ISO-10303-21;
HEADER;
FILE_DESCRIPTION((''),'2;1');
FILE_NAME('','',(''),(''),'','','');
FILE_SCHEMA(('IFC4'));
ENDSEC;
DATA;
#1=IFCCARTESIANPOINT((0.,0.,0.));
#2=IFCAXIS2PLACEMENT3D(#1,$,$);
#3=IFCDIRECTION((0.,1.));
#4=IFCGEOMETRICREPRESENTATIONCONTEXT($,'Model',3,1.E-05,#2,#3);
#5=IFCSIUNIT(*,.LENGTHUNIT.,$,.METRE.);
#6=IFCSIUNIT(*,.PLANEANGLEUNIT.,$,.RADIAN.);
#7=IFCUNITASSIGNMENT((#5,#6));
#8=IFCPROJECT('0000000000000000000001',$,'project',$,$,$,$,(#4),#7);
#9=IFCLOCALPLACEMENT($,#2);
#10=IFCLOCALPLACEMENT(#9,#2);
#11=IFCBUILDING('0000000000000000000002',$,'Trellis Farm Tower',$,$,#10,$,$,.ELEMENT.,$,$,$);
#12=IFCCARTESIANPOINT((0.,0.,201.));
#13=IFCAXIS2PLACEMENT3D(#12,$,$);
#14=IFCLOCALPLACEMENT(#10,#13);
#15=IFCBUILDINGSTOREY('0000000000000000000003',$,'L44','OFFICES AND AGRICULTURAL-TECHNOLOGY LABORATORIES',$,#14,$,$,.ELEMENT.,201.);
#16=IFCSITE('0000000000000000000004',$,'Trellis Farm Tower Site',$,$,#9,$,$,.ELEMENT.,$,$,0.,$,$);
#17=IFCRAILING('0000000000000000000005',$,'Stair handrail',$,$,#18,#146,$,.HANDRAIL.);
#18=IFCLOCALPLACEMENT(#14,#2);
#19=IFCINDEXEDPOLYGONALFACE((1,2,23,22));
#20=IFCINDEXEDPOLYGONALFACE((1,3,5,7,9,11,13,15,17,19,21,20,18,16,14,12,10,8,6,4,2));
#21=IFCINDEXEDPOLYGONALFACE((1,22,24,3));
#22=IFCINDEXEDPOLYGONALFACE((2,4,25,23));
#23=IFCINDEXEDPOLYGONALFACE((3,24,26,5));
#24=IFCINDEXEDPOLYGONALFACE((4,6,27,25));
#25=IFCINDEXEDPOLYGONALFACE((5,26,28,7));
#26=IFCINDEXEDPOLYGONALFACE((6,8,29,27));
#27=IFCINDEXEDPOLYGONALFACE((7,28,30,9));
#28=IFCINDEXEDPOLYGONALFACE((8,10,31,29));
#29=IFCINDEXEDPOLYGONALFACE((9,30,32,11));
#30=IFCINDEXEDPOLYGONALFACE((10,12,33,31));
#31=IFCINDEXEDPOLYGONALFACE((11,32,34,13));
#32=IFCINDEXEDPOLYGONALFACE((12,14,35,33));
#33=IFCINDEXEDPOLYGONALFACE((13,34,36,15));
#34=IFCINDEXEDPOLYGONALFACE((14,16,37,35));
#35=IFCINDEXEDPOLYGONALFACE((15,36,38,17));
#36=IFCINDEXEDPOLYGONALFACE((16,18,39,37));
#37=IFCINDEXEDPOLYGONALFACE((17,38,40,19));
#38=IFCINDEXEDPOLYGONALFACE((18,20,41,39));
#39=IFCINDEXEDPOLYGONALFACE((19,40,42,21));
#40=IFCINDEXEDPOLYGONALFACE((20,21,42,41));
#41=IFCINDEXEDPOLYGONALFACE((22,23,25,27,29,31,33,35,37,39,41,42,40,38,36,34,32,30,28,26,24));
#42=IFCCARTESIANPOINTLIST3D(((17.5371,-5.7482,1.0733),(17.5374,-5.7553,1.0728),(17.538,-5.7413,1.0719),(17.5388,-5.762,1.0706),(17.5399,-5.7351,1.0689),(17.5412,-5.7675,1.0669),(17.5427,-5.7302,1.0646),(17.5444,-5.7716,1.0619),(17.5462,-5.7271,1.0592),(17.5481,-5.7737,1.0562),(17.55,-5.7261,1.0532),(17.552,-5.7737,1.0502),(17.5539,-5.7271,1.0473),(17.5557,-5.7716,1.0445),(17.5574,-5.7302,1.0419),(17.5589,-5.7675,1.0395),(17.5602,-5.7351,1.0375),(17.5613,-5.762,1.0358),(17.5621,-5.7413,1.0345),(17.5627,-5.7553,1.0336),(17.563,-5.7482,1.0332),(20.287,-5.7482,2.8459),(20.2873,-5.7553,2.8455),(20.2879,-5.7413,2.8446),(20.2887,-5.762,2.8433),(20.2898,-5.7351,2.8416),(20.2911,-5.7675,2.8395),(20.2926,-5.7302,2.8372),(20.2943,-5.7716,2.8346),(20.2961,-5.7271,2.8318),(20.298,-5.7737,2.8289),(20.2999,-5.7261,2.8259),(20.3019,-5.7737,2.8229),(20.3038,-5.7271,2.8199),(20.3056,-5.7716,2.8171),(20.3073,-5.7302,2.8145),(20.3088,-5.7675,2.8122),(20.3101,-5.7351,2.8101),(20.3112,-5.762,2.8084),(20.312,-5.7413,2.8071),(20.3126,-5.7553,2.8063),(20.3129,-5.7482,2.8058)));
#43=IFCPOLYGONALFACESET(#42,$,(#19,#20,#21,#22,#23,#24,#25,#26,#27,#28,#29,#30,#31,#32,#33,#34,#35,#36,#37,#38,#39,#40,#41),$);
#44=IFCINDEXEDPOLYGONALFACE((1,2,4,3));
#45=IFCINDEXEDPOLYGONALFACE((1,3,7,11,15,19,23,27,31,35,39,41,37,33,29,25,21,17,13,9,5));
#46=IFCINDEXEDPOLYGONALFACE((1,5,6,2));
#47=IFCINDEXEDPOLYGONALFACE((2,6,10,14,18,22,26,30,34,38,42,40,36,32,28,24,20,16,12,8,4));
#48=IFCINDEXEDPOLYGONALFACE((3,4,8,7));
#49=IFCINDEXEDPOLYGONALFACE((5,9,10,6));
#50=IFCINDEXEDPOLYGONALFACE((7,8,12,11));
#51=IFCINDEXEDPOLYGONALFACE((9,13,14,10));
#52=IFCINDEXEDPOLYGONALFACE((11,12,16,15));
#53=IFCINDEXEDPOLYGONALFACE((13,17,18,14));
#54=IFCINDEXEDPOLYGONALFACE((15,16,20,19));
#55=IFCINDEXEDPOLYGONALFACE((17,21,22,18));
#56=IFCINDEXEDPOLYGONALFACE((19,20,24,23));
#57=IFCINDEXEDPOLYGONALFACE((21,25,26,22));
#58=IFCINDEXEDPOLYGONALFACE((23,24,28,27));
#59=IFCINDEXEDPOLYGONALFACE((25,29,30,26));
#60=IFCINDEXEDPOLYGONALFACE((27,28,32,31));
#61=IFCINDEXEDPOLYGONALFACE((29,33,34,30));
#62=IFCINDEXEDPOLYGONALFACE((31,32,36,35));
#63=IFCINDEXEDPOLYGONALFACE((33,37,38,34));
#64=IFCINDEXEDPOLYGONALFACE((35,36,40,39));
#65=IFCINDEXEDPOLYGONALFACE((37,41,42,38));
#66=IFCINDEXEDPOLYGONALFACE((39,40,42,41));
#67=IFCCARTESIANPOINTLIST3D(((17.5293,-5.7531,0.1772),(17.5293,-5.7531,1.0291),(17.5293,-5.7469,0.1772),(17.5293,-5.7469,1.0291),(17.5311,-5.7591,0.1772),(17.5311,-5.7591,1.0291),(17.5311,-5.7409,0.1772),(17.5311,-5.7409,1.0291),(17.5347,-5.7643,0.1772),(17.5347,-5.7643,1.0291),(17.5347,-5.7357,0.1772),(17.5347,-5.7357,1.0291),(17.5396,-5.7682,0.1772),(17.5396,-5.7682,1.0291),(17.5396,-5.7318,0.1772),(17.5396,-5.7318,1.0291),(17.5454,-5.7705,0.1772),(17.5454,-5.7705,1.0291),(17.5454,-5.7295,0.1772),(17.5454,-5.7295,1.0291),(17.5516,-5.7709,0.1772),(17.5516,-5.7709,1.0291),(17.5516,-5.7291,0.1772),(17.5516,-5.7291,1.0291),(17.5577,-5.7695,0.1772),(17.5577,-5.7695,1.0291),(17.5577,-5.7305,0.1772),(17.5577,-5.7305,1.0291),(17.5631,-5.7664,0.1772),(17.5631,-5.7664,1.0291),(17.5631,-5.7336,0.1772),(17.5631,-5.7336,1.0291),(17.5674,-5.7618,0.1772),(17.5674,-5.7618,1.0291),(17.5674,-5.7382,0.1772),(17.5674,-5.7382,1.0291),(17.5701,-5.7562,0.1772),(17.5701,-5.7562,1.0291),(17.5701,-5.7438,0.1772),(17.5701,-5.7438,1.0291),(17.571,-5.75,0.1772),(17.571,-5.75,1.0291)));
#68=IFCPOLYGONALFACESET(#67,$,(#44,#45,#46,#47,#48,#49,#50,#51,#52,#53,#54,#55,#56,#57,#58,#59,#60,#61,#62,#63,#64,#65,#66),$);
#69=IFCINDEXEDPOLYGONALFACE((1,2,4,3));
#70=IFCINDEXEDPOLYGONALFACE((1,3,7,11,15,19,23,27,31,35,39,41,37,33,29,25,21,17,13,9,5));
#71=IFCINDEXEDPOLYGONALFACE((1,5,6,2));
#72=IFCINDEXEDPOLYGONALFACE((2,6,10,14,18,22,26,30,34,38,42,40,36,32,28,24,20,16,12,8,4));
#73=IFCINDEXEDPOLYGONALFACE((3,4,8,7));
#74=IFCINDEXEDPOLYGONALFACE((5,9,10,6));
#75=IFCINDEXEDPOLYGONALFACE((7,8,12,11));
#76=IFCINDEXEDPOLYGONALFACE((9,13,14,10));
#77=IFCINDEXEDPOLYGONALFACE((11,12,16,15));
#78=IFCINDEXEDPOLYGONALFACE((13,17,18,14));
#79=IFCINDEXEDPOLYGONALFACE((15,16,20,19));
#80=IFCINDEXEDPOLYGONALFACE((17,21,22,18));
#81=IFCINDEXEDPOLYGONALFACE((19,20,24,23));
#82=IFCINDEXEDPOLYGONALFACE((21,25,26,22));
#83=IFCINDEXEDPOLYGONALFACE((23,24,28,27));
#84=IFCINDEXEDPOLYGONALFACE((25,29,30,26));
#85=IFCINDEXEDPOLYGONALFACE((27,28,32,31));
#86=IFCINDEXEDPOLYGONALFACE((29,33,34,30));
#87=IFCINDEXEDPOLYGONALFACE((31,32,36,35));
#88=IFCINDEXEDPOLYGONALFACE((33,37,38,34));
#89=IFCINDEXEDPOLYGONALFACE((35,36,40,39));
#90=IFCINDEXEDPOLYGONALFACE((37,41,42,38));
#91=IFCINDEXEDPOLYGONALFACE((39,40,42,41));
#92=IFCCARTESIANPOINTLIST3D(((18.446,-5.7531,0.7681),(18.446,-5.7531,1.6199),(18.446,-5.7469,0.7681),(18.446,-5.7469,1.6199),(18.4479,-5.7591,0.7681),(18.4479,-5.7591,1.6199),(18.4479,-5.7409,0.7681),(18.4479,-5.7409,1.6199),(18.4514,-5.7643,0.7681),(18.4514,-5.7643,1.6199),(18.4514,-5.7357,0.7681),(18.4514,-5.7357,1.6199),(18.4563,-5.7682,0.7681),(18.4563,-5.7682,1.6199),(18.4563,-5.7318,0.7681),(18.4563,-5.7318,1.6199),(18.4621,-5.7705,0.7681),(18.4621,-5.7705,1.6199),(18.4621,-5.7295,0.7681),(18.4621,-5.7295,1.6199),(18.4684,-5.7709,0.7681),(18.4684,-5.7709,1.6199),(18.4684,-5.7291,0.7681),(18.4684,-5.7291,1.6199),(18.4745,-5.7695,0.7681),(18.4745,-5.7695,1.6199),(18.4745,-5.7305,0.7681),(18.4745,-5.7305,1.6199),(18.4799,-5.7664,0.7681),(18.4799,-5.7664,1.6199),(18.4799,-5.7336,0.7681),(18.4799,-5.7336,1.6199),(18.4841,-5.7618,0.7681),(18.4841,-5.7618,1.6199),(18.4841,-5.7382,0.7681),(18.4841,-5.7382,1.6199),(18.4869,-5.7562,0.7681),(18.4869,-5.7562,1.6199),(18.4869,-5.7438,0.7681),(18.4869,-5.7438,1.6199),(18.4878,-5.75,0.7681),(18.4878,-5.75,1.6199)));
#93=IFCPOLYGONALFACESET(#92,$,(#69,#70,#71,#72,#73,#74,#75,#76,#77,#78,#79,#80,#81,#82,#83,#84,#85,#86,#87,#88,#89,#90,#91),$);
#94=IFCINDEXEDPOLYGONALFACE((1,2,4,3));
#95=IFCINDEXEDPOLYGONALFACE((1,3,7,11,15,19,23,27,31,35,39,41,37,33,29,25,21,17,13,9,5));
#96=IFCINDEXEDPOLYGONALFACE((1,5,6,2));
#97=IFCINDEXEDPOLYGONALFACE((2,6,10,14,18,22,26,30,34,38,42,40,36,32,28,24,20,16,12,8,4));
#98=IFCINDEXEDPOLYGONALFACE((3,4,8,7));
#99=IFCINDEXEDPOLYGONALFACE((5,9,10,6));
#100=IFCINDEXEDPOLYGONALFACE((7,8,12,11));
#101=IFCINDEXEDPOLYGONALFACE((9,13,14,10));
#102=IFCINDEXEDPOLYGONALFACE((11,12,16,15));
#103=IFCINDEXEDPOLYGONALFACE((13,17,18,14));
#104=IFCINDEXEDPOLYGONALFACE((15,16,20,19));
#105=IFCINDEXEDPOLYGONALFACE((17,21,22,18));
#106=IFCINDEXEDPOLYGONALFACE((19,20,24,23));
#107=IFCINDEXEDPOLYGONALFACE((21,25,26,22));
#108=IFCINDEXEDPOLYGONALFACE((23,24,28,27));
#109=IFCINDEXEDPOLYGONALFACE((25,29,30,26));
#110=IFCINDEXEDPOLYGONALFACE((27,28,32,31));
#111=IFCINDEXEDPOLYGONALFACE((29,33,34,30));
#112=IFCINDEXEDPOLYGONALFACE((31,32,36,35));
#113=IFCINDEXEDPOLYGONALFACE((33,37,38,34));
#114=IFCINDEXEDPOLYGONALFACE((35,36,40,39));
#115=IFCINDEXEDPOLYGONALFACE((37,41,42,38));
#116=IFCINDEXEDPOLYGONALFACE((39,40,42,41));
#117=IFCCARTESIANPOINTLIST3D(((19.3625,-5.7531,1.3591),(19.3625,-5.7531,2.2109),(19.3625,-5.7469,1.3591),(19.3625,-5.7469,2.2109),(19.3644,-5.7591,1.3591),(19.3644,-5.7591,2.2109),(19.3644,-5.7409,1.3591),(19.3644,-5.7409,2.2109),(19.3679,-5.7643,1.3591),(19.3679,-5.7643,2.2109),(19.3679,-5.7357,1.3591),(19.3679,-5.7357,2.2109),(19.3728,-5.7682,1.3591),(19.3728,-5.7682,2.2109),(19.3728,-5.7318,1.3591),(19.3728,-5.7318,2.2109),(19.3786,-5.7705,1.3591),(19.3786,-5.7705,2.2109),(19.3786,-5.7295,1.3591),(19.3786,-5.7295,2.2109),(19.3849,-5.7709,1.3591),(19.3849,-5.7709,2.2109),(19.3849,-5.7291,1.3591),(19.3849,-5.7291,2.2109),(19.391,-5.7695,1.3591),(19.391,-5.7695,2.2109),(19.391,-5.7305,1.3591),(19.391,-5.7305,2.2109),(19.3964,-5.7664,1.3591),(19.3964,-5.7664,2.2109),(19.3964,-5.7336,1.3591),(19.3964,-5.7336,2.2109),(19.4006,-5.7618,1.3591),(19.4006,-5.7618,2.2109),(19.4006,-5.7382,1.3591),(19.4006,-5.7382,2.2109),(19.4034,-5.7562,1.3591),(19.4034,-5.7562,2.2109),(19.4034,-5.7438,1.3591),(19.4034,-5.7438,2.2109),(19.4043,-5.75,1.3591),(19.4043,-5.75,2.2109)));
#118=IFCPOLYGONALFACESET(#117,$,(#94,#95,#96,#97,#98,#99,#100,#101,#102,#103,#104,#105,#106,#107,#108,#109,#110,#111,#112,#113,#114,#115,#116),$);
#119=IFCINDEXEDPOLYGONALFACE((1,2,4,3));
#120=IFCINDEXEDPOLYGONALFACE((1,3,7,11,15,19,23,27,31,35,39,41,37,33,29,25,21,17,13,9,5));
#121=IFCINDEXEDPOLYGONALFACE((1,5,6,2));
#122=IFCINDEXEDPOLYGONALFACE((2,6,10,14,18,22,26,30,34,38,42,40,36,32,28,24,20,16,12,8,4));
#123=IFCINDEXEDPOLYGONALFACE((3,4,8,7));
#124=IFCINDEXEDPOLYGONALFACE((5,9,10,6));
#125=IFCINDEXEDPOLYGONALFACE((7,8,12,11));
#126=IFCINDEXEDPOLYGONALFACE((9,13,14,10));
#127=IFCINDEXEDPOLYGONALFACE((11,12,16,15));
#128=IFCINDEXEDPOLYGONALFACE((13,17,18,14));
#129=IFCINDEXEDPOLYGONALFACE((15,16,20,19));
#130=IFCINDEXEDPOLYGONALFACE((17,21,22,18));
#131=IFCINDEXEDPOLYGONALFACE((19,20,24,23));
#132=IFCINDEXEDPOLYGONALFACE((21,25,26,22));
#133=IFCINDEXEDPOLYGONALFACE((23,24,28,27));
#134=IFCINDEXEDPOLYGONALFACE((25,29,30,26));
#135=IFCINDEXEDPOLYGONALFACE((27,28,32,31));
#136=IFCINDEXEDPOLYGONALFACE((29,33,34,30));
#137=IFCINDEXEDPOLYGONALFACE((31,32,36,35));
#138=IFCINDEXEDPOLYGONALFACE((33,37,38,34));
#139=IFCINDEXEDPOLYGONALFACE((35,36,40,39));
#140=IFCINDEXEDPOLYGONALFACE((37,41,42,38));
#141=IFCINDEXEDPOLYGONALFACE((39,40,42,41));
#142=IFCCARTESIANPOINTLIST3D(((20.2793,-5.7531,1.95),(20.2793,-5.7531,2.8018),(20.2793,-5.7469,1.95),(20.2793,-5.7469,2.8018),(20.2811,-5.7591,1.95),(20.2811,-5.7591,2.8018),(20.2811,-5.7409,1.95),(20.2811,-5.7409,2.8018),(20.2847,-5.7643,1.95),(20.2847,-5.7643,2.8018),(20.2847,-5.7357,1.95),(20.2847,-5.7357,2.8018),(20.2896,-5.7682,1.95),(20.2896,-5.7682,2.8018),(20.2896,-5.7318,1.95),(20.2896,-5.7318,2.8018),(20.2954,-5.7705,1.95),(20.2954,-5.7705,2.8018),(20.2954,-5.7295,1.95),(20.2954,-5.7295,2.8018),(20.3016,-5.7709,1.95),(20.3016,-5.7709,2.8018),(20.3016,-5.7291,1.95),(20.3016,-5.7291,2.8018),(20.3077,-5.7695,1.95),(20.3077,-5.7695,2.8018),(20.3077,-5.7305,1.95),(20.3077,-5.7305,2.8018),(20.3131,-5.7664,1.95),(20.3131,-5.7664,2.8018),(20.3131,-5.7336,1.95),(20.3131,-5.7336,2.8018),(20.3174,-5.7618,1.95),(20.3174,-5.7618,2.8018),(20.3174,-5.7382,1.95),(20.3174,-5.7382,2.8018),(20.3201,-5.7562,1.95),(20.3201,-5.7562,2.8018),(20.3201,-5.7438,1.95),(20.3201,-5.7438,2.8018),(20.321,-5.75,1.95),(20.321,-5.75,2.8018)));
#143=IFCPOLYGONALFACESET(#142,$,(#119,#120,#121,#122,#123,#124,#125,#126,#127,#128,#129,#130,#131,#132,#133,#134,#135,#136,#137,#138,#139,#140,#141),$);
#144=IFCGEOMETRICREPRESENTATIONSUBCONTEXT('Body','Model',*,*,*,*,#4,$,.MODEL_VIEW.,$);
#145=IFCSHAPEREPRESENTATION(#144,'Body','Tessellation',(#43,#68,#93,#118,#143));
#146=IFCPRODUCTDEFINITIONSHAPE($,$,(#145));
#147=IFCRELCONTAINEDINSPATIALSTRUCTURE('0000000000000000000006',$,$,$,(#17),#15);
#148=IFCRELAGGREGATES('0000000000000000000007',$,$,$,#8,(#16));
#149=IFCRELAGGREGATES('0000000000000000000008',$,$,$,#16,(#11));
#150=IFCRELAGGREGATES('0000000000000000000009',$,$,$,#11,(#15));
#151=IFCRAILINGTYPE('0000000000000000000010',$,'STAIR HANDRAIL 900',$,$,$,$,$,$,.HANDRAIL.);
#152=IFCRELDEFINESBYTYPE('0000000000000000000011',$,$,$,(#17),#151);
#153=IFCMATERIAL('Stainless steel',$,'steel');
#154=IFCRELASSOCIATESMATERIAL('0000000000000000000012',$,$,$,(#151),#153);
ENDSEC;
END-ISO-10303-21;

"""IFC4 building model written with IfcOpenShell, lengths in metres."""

from ifc_helpers import new_model, si_unit, direction, frame, origin, origin_2d, place, context, subcontext, project, spatial, circle, extrude, source, transform, mapped, material, type_object, element, save


model = new_model("IFC4")

# Units and contexts
model_context = context("Model", 3, precision=1e-05, world=origin(), true_north=direction((0.0, 1.0)))
body_context = subcontext(model_context, "Body", "Model", "MODEL_VIEW")
ifc_project = project(units=[si_unit("LENGTHUNIT", "METRE"), si_unit("PLANEANGLEUNIT", "RADIAN")], contexts=[model_context])

# Site, building, storey
site_placement = place(None, origin())
site = spatial("IfcSite", under=ifc_project, at=site_placement, Name="Trellis Farm Tower Site", CompositionType="ELEMENT", RefElevation=0.0)
building_placement = place(site_placement, origin())
building = spatial("IfcBuilding", under=site, at=building_placement, Name="Trellis Farm Tower", CompositionType="ELEMENT")
storey_placement = place(building_placement, frame((0.0, 0.0, 201.0)))
storey = spatial("IfcBuildingStorey", under=building, at=storey_placement, Name="L44", Description="OFFICES AND AGRICULTURAL-TECHNOLOGY LABORATORIES", CompositionType="ELEMENT", Elevation=201.0)

# Railing
ifc_material_1 = material(Name="Stainless steel", Category="steel")
railing_type = type_object("IfcRailingType", Name="STAIR HANDRAIL 900", PredefinedType="HANDRAIL", material=ifc_material_1)
shared_shape_1 = source(origin(), body_context, "Body", "SweptSolid", [
    extrude(circle(Radius=0.0239, at=origin_2d()), frame((0.0, 0.0, 0.876), z_axis=(0.840504, 0.0, 0.541806), x_axis=(0.0, 1.0, 0.0)), (0.0, 0.0, 1.0), 3.2717),
    extrude(circle(Radius=0.021, at=origin_2d()), origin(), (0.0, 0.0, 1.0), 0.8518),
    extrude(circle(Radius=0.021, at=origin_2d()), frame((0.9167, 0.0, 0.5908)), (0.0, 0.0, 1.0), 0.8518),
    extrude(circle(Radius=0.021, at=origin_2d()), frame((1.8333, 0.0, 1.1819)), (0.0, 0.0, 1.0), 0.8518),
    extrude(circle(Radius=0.021, at=origin_2d()), frame((2.75, 0.0, 1.7727)), (0.0, 0.0, 1.0), 0.8518),
])
for number, where, name in (
    (1, (17.55, -5.75, 0.1772), "Stair handrail"),
):
    element("IfcRailing", number, at=place(storey_placement, frame(where)), inside=storey, type_object=railing_type, Name=name, PredefinedType="HANDRAIL", context=body_context, shape_type="MappedRepresentation", body=[
        mapped(shared_shape_1, transform((0.0, 0.0, 0.0))),
    ])

save(model, "model.ifc")
